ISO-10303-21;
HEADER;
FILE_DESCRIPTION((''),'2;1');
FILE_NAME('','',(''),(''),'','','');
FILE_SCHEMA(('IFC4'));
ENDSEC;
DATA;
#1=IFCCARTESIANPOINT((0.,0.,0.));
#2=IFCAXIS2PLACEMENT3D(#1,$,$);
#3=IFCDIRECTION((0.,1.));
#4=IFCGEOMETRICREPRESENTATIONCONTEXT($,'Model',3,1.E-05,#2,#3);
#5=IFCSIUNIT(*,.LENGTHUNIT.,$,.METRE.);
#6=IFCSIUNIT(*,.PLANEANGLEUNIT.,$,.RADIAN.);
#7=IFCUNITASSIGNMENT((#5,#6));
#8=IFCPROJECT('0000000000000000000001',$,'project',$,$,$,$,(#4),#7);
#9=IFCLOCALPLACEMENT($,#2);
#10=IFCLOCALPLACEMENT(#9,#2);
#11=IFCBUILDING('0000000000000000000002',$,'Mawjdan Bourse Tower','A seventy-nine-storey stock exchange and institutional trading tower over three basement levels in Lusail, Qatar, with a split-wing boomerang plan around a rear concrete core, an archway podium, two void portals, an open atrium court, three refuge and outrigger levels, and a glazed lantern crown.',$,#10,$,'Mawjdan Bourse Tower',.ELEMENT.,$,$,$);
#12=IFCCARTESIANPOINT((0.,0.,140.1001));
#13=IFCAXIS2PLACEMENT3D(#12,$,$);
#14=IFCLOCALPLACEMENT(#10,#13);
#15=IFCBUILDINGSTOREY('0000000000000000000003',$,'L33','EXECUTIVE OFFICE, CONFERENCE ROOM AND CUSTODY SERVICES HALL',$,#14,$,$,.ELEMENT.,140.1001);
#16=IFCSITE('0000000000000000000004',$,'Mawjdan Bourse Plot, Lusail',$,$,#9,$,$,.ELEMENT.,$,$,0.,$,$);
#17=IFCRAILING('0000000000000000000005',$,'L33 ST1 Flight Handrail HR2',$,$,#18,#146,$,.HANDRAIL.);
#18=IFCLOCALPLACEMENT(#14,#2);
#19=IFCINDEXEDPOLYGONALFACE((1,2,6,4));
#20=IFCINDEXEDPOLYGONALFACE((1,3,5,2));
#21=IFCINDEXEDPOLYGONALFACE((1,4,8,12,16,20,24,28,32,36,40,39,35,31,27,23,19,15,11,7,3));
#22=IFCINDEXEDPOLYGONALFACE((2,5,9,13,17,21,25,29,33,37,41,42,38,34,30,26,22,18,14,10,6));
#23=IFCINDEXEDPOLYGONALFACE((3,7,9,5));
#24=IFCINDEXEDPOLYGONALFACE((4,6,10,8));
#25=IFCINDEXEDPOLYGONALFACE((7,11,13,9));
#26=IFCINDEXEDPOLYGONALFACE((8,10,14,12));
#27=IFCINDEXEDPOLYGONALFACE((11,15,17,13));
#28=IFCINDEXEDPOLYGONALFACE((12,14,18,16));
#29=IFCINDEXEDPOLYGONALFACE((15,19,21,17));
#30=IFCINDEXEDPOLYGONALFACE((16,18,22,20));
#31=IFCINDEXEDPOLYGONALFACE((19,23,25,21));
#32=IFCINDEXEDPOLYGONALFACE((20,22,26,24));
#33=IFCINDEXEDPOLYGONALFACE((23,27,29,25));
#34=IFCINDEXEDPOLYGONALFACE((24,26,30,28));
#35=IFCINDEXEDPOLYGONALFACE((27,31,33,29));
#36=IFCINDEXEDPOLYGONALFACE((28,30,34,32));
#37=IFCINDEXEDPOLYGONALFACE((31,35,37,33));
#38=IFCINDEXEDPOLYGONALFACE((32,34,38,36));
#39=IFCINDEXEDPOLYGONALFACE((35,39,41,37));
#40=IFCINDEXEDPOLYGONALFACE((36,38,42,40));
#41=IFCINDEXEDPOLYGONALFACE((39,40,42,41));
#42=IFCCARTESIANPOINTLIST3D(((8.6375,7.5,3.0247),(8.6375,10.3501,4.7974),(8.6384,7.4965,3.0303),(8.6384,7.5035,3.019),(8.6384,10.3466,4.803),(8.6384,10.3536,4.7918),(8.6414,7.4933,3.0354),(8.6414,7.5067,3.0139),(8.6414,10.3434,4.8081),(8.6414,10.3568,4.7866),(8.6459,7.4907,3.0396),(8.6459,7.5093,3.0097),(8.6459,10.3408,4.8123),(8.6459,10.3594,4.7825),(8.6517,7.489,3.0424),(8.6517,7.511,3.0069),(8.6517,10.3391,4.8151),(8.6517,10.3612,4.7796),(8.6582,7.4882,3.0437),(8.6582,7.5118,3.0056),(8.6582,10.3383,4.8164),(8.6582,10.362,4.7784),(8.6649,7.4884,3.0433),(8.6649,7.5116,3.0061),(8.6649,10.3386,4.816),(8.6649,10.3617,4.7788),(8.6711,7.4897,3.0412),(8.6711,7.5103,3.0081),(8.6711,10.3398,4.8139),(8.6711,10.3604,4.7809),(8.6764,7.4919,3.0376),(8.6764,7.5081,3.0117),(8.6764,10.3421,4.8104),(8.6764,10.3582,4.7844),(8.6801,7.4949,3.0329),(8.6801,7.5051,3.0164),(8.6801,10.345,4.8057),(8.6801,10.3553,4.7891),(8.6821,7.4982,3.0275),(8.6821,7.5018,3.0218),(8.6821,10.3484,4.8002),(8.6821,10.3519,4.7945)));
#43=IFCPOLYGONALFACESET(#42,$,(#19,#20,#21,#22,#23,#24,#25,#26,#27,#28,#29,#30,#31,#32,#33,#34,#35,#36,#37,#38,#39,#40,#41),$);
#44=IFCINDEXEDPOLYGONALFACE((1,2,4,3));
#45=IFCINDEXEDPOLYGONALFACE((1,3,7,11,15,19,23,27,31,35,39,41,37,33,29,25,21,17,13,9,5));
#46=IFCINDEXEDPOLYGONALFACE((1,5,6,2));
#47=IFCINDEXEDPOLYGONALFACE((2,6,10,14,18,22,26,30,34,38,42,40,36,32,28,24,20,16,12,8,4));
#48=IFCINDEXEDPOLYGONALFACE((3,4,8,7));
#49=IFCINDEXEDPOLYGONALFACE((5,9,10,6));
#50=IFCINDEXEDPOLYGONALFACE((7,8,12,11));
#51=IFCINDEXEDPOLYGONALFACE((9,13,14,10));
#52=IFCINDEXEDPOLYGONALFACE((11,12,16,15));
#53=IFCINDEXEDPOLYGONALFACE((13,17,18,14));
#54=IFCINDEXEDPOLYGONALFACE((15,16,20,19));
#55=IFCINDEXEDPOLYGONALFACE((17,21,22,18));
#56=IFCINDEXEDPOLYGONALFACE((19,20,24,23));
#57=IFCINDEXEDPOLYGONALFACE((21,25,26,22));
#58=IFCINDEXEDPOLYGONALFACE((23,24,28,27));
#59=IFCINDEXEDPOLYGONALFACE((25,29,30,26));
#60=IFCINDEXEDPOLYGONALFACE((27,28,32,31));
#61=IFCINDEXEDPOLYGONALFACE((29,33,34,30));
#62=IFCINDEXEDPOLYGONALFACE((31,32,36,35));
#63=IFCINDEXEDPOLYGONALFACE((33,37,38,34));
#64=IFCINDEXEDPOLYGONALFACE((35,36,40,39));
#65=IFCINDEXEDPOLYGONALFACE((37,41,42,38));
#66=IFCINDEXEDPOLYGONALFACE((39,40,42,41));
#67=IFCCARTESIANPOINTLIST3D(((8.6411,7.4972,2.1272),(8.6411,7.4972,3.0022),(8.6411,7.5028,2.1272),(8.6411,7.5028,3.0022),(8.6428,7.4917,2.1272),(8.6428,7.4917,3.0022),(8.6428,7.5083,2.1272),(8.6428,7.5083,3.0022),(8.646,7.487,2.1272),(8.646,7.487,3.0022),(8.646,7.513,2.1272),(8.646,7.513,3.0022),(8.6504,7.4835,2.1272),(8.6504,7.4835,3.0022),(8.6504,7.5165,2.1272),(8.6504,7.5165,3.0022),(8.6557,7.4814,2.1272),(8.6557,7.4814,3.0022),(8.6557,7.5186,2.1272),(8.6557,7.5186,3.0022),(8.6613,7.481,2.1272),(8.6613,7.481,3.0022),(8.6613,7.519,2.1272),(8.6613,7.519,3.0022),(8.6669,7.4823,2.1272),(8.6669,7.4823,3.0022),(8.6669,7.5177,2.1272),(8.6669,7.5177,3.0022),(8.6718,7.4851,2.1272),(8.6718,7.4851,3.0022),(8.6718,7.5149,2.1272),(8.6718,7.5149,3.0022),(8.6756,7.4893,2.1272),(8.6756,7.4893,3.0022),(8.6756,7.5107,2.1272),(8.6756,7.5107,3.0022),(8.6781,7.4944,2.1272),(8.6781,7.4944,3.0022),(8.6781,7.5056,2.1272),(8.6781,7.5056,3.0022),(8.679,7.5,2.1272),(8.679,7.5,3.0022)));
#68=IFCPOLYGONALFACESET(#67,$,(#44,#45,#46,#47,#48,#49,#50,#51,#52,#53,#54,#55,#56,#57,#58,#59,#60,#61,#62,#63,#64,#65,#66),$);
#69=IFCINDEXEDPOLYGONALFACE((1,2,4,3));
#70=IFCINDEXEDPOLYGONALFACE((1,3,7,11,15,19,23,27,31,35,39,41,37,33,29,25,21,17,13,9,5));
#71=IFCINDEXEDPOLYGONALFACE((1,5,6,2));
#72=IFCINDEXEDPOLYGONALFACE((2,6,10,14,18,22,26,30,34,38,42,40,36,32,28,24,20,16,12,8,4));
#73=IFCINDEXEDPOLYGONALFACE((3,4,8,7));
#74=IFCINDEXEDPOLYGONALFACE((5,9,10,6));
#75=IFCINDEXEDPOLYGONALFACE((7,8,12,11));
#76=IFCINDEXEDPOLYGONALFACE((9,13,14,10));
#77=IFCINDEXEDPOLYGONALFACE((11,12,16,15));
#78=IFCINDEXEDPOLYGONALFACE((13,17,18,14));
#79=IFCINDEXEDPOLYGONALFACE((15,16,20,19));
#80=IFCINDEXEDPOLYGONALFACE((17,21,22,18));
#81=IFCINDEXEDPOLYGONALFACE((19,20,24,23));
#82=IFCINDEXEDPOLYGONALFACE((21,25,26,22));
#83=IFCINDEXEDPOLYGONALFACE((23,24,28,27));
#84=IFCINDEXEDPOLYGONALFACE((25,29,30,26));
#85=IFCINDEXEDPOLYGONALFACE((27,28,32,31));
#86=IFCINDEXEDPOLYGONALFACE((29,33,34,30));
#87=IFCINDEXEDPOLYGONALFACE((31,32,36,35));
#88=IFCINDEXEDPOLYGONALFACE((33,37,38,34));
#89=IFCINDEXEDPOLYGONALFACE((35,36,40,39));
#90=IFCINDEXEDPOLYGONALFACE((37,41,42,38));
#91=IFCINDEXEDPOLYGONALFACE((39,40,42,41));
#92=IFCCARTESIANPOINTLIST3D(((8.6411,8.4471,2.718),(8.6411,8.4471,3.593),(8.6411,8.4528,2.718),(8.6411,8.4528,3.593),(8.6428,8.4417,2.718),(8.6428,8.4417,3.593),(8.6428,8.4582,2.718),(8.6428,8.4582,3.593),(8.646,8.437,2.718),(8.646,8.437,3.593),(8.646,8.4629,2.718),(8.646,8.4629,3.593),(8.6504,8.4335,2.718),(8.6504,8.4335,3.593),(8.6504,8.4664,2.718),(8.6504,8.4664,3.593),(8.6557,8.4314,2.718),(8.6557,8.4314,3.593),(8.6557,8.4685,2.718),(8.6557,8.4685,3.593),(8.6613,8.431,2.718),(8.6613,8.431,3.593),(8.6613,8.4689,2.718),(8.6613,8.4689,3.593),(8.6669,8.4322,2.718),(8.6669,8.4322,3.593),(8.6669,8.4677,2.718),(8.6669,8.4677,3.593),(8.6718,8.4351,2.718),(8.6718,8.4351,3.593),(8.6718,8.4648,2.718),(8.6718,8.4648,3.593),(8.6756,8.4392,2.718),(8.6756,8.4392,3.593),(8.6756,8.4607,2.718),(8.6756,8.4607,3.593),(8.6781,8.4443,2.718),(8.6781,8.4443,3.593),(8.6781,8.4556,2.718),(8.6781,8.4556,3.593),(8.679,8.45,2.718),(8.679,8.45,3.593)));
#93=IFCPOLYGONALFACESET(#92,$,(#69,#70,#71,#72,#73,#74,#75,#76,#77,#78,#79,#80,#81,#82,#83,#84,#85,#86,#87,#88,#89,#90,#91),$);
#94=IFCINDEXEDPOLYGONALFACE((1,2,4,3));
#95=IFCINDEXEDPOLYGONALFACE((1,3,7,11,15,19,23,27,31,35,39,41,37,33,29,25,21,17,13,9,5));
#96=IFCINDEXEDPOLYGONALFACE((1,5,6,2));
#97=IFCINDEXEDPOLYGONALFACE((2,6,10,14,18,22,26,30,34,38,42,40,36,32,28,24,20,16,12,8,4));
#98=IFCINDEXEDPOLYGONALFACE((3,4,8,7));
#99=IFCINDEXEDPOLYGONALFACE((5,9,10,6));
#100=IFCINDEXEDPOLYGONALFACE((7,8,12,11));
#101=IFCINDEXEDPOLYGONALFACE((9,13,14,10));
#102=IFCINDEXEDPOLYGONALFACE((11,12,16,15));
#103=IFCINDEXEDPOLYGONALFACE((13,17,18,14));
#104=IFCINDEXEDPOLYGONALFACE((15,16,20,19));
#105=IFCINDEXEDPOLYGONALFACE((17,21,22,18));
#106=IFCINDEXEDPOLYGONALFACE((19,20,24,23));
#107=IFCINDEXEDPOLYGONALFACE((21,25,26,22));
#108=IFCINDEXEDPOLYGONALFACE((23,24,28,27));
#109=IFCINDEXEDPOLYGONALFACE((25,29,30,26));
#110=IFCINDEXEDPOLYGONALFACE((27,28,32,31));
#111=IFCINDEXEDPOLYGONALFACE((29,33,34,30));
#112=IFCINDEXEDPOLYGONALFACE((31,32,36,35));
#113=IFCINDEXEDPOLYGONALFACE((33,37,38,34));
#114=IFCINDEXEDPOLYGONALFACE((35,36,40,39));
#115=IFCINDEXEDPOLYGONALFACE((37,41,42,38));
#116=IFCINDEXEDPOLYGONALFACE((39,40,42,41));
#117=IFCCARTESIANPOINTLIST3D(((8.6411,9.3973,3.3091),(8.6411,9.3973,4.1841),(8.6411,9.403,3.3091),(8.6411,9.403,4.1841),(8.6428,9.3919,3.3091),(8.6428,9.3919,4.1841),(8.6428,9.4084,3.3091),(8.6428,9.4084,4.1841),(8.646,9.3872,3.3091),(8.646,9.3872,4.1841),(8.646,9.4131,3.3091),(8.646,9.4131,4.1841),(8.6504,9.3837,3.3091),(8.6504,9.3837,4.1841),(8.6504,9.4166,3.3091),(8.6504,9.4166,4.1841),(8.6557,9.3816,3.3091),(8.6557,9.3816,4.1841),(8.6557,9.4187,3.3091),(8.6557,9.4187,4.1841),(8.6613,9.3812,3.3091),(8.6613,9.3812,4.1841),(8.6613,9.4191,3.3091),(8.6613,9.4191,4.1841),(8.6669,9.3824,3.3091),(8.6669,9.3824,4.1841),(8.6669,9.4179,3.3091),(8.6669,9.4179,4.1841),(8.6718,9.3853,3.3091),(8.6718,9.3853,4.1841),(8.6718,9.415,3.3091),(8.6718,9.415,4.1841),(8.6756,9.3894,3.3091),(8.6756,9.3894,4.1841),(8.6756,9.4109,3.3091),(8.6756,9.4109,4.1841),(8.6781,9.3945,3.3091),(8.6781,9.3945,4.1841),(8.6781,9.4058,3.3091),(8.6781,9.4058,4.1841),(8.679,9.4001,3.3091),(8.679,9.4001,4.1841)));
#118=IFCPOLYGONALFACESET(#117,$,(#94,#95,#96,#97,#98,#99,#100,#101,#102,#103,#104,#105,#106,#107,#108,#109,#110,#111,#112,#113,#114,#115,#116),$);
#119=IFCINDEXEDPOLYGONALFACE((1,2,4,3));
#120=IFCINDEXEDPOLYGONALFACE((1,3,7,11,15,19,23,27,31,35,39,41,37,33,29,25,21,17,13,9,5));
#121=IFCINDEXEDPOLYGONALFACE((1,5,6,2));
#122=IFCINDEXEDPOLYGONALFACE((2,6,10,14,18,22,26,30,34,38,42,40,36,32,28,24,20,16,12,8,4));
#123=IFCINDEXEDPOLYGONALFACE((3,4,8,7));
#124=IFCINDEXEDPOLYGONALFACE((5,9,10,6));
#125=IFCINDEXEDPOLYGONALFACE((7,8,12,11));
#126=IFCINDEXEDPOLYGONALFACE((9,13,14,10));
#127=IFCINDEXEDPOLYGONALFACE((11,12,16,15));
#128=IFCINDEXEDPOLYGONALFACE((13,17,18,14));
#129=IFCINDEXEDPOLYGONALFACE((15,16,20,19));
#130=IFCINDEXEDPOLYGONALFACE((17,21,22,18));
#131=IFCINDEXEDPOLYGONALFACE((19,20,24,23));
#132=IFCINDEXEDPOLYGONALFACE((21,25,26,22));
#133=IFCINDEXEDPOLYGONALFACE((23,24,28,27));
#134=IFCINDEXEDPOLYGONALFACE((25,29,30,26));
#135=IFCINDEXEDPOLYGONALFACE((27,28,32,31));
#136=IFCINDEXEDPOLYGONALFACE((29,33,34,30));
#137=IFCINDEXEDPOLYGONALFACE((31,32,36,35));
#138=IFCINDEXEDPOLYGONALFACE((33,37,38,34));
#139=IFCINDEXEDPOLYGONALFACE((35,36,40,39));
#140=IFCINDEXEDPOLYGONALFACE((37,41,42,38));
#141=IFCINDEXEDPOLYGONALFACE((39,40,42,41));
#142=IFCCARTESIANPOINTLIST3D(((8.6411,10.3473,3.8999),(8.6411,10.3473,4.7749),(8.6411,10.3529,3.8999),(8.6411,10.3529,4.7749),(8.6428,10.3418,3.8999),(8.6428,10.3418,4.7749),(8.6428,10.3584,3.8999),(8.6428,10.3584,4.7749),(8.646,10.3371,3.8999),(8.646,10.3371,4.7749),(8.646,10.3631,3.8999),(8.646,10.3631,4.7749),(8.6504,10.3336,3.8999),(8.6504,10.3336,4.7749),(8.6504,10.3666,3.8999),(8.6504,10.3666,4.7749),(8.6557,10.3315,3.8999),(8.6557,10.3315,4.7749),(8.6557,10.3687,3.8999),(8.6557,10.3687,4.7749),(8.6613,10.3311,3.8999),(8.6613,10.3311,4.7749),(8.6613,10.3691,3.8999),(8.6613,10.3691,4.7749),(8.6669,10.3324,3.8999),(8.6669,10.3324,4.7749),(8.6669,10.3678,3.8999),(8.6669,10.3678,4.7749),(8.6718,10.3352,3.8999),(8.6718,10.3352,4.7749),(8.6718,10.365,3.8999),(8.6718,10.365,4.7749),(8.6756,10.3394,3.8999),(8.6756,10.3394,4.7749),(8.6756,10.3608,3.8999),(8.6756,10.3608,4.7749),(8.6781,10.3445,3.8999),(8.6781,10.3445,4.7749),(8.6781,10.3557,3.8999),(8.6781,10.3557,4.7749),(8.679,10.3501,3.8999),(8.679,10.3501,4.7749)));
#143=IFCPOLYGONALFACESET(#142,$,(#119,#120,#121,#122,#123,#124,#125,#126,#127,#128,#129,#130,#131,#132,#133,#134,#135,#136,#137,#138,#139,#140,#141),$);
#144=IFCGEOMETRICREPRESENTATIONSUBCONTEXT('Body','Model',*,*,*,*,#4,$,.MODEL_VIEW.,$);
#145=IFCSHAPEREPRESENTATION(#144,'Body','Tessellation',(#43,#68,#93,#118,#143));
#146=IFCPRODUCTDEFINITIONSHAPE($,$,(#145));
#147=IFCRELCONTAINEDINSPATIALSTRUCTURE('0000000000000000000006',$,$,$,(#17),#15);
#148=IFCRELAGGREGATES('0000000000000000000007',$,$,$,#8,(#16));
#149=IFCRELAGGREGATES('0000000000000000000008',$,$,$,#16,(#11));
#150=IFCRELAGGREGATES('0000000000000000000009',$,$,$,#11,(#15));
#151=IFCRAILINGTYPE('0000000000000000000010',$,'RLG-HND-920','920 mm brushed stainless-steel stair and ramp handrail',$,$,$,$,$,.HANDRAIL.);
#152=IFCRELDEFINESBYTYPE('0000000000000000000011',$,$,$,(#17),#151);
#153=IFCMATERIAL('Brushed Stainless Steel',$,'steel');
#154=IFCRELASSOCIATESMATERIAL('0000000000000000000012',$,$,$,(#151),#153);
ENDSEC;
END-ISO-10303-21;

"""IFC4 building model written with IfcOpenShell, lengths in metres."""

from ifc_helpers import new_model, si_unit, direction, frame, origin, origin_2d, place, context, subcontext, project, spatial, circle, extrude, material, type_object, element, save


model = new_model("IFC4")

# Units and contexts
model_context = context("Model", 3, precision=1e-05, world=origin(), true_north=direction((0.0, 1.0)))
body_context = subcontext(model_context, "Body", "Model", "MODEL_VIEW")
ifc_project = project(units=[si_unit("LENGTHUNIT", "METRE"), si_unit("PLANEANGLEUNIT", "RADIAN")], contexts=[model_context])

# Site, building, storey
site_placement = place(None, origin())
site = spatial("IfcSite", under=ifc_project, at=site_placement, Name="Mawjdan Bourse Plot, Lusail", CompositionType="ELEMENT", RefElevation=0.0)
building_placement = place(site_placement, origin())
building = spatial("IfcBuilding", under=site, at=building_placement, Name="Mawjdan Bourse Tower", Description="A seventy-nine-storey stock exchange and institutional trading tower over three basement levels in Lusail, Qatar, with a split-wing boomerang plan around a rear concrete core, an archway podium, two void portals, an open atrium court, three refuge and outrigger levels, and a glazed lantern crown.", LongName="Mawjdan Bourse Tower", CompositionType="ELEMENT")
storey_placement = place(building_placement, frame((0.0, 0.0, 140.1001)))
storey = spatial("IfcBuildingStorey", under=building, at=storey_placement, Name="L33", Description="EXECUTIVE OFFICE, CONFERENCE ROOM AND CUSTODY SERVICES HALL", CompositionType="ELEMENT", Elevation=140.1001)

# Railing
ifc_material_1 = material(Name="Brushed Stainless Steel", Category="steel")
railing_type_1 = type_object("IfcRailingType", Name="RLG-HND-920", Description="920 mm brushed stainless-steel stair and ramp handrail", PredefinedType="HANDRAIL", material=ifc_material_1)
for number, where, name in (
    (1, (8.6599, 7.5, 2.1272), "L33 ST1 Flight Handrail HR2"),
):
    element("IfcRailing", number, at=place(storey_placement, frame(where)), inside=storey, type_object=railing_type_1, Name=name, PredefinedType="HANDRAIL", context=body_context, shape_type="SweptSolid", body=[
        extrude(circle(Radius=0.0225, at=origin_2d()), frame((0.0, 0.0, 0.8975), z_axis=(0.0, 0.849149, 0.528154), x_axis=(-1.0, 0.0, 0.0)), (0.0, 0.0, 1.0), 3.3564),
        extrude(circle(Radius=0.019, at=origin_2d()), origin(), (0.0, 0.0, 1.0), 0.875),
        extrude(circle(Radius=0.019, at=origin_2d()), frame((0.0, 0.95, 0.5908)), (0.0, 0.0, 1.0), 0.875),
        extrude(circle(Radius=0.019, at=origin_2d()), frame((0.0, 1.9001, 1.1819)), (0.0, 0.0, 1.0), 0.875),
        extrude(circle(Radius=0.019, at=origin_2d()), frame((0.0, 2.8501, 1.7727)), (0.0, 0.0, 1.0), 0.875),
    ])

save(model, "model.ifc")
